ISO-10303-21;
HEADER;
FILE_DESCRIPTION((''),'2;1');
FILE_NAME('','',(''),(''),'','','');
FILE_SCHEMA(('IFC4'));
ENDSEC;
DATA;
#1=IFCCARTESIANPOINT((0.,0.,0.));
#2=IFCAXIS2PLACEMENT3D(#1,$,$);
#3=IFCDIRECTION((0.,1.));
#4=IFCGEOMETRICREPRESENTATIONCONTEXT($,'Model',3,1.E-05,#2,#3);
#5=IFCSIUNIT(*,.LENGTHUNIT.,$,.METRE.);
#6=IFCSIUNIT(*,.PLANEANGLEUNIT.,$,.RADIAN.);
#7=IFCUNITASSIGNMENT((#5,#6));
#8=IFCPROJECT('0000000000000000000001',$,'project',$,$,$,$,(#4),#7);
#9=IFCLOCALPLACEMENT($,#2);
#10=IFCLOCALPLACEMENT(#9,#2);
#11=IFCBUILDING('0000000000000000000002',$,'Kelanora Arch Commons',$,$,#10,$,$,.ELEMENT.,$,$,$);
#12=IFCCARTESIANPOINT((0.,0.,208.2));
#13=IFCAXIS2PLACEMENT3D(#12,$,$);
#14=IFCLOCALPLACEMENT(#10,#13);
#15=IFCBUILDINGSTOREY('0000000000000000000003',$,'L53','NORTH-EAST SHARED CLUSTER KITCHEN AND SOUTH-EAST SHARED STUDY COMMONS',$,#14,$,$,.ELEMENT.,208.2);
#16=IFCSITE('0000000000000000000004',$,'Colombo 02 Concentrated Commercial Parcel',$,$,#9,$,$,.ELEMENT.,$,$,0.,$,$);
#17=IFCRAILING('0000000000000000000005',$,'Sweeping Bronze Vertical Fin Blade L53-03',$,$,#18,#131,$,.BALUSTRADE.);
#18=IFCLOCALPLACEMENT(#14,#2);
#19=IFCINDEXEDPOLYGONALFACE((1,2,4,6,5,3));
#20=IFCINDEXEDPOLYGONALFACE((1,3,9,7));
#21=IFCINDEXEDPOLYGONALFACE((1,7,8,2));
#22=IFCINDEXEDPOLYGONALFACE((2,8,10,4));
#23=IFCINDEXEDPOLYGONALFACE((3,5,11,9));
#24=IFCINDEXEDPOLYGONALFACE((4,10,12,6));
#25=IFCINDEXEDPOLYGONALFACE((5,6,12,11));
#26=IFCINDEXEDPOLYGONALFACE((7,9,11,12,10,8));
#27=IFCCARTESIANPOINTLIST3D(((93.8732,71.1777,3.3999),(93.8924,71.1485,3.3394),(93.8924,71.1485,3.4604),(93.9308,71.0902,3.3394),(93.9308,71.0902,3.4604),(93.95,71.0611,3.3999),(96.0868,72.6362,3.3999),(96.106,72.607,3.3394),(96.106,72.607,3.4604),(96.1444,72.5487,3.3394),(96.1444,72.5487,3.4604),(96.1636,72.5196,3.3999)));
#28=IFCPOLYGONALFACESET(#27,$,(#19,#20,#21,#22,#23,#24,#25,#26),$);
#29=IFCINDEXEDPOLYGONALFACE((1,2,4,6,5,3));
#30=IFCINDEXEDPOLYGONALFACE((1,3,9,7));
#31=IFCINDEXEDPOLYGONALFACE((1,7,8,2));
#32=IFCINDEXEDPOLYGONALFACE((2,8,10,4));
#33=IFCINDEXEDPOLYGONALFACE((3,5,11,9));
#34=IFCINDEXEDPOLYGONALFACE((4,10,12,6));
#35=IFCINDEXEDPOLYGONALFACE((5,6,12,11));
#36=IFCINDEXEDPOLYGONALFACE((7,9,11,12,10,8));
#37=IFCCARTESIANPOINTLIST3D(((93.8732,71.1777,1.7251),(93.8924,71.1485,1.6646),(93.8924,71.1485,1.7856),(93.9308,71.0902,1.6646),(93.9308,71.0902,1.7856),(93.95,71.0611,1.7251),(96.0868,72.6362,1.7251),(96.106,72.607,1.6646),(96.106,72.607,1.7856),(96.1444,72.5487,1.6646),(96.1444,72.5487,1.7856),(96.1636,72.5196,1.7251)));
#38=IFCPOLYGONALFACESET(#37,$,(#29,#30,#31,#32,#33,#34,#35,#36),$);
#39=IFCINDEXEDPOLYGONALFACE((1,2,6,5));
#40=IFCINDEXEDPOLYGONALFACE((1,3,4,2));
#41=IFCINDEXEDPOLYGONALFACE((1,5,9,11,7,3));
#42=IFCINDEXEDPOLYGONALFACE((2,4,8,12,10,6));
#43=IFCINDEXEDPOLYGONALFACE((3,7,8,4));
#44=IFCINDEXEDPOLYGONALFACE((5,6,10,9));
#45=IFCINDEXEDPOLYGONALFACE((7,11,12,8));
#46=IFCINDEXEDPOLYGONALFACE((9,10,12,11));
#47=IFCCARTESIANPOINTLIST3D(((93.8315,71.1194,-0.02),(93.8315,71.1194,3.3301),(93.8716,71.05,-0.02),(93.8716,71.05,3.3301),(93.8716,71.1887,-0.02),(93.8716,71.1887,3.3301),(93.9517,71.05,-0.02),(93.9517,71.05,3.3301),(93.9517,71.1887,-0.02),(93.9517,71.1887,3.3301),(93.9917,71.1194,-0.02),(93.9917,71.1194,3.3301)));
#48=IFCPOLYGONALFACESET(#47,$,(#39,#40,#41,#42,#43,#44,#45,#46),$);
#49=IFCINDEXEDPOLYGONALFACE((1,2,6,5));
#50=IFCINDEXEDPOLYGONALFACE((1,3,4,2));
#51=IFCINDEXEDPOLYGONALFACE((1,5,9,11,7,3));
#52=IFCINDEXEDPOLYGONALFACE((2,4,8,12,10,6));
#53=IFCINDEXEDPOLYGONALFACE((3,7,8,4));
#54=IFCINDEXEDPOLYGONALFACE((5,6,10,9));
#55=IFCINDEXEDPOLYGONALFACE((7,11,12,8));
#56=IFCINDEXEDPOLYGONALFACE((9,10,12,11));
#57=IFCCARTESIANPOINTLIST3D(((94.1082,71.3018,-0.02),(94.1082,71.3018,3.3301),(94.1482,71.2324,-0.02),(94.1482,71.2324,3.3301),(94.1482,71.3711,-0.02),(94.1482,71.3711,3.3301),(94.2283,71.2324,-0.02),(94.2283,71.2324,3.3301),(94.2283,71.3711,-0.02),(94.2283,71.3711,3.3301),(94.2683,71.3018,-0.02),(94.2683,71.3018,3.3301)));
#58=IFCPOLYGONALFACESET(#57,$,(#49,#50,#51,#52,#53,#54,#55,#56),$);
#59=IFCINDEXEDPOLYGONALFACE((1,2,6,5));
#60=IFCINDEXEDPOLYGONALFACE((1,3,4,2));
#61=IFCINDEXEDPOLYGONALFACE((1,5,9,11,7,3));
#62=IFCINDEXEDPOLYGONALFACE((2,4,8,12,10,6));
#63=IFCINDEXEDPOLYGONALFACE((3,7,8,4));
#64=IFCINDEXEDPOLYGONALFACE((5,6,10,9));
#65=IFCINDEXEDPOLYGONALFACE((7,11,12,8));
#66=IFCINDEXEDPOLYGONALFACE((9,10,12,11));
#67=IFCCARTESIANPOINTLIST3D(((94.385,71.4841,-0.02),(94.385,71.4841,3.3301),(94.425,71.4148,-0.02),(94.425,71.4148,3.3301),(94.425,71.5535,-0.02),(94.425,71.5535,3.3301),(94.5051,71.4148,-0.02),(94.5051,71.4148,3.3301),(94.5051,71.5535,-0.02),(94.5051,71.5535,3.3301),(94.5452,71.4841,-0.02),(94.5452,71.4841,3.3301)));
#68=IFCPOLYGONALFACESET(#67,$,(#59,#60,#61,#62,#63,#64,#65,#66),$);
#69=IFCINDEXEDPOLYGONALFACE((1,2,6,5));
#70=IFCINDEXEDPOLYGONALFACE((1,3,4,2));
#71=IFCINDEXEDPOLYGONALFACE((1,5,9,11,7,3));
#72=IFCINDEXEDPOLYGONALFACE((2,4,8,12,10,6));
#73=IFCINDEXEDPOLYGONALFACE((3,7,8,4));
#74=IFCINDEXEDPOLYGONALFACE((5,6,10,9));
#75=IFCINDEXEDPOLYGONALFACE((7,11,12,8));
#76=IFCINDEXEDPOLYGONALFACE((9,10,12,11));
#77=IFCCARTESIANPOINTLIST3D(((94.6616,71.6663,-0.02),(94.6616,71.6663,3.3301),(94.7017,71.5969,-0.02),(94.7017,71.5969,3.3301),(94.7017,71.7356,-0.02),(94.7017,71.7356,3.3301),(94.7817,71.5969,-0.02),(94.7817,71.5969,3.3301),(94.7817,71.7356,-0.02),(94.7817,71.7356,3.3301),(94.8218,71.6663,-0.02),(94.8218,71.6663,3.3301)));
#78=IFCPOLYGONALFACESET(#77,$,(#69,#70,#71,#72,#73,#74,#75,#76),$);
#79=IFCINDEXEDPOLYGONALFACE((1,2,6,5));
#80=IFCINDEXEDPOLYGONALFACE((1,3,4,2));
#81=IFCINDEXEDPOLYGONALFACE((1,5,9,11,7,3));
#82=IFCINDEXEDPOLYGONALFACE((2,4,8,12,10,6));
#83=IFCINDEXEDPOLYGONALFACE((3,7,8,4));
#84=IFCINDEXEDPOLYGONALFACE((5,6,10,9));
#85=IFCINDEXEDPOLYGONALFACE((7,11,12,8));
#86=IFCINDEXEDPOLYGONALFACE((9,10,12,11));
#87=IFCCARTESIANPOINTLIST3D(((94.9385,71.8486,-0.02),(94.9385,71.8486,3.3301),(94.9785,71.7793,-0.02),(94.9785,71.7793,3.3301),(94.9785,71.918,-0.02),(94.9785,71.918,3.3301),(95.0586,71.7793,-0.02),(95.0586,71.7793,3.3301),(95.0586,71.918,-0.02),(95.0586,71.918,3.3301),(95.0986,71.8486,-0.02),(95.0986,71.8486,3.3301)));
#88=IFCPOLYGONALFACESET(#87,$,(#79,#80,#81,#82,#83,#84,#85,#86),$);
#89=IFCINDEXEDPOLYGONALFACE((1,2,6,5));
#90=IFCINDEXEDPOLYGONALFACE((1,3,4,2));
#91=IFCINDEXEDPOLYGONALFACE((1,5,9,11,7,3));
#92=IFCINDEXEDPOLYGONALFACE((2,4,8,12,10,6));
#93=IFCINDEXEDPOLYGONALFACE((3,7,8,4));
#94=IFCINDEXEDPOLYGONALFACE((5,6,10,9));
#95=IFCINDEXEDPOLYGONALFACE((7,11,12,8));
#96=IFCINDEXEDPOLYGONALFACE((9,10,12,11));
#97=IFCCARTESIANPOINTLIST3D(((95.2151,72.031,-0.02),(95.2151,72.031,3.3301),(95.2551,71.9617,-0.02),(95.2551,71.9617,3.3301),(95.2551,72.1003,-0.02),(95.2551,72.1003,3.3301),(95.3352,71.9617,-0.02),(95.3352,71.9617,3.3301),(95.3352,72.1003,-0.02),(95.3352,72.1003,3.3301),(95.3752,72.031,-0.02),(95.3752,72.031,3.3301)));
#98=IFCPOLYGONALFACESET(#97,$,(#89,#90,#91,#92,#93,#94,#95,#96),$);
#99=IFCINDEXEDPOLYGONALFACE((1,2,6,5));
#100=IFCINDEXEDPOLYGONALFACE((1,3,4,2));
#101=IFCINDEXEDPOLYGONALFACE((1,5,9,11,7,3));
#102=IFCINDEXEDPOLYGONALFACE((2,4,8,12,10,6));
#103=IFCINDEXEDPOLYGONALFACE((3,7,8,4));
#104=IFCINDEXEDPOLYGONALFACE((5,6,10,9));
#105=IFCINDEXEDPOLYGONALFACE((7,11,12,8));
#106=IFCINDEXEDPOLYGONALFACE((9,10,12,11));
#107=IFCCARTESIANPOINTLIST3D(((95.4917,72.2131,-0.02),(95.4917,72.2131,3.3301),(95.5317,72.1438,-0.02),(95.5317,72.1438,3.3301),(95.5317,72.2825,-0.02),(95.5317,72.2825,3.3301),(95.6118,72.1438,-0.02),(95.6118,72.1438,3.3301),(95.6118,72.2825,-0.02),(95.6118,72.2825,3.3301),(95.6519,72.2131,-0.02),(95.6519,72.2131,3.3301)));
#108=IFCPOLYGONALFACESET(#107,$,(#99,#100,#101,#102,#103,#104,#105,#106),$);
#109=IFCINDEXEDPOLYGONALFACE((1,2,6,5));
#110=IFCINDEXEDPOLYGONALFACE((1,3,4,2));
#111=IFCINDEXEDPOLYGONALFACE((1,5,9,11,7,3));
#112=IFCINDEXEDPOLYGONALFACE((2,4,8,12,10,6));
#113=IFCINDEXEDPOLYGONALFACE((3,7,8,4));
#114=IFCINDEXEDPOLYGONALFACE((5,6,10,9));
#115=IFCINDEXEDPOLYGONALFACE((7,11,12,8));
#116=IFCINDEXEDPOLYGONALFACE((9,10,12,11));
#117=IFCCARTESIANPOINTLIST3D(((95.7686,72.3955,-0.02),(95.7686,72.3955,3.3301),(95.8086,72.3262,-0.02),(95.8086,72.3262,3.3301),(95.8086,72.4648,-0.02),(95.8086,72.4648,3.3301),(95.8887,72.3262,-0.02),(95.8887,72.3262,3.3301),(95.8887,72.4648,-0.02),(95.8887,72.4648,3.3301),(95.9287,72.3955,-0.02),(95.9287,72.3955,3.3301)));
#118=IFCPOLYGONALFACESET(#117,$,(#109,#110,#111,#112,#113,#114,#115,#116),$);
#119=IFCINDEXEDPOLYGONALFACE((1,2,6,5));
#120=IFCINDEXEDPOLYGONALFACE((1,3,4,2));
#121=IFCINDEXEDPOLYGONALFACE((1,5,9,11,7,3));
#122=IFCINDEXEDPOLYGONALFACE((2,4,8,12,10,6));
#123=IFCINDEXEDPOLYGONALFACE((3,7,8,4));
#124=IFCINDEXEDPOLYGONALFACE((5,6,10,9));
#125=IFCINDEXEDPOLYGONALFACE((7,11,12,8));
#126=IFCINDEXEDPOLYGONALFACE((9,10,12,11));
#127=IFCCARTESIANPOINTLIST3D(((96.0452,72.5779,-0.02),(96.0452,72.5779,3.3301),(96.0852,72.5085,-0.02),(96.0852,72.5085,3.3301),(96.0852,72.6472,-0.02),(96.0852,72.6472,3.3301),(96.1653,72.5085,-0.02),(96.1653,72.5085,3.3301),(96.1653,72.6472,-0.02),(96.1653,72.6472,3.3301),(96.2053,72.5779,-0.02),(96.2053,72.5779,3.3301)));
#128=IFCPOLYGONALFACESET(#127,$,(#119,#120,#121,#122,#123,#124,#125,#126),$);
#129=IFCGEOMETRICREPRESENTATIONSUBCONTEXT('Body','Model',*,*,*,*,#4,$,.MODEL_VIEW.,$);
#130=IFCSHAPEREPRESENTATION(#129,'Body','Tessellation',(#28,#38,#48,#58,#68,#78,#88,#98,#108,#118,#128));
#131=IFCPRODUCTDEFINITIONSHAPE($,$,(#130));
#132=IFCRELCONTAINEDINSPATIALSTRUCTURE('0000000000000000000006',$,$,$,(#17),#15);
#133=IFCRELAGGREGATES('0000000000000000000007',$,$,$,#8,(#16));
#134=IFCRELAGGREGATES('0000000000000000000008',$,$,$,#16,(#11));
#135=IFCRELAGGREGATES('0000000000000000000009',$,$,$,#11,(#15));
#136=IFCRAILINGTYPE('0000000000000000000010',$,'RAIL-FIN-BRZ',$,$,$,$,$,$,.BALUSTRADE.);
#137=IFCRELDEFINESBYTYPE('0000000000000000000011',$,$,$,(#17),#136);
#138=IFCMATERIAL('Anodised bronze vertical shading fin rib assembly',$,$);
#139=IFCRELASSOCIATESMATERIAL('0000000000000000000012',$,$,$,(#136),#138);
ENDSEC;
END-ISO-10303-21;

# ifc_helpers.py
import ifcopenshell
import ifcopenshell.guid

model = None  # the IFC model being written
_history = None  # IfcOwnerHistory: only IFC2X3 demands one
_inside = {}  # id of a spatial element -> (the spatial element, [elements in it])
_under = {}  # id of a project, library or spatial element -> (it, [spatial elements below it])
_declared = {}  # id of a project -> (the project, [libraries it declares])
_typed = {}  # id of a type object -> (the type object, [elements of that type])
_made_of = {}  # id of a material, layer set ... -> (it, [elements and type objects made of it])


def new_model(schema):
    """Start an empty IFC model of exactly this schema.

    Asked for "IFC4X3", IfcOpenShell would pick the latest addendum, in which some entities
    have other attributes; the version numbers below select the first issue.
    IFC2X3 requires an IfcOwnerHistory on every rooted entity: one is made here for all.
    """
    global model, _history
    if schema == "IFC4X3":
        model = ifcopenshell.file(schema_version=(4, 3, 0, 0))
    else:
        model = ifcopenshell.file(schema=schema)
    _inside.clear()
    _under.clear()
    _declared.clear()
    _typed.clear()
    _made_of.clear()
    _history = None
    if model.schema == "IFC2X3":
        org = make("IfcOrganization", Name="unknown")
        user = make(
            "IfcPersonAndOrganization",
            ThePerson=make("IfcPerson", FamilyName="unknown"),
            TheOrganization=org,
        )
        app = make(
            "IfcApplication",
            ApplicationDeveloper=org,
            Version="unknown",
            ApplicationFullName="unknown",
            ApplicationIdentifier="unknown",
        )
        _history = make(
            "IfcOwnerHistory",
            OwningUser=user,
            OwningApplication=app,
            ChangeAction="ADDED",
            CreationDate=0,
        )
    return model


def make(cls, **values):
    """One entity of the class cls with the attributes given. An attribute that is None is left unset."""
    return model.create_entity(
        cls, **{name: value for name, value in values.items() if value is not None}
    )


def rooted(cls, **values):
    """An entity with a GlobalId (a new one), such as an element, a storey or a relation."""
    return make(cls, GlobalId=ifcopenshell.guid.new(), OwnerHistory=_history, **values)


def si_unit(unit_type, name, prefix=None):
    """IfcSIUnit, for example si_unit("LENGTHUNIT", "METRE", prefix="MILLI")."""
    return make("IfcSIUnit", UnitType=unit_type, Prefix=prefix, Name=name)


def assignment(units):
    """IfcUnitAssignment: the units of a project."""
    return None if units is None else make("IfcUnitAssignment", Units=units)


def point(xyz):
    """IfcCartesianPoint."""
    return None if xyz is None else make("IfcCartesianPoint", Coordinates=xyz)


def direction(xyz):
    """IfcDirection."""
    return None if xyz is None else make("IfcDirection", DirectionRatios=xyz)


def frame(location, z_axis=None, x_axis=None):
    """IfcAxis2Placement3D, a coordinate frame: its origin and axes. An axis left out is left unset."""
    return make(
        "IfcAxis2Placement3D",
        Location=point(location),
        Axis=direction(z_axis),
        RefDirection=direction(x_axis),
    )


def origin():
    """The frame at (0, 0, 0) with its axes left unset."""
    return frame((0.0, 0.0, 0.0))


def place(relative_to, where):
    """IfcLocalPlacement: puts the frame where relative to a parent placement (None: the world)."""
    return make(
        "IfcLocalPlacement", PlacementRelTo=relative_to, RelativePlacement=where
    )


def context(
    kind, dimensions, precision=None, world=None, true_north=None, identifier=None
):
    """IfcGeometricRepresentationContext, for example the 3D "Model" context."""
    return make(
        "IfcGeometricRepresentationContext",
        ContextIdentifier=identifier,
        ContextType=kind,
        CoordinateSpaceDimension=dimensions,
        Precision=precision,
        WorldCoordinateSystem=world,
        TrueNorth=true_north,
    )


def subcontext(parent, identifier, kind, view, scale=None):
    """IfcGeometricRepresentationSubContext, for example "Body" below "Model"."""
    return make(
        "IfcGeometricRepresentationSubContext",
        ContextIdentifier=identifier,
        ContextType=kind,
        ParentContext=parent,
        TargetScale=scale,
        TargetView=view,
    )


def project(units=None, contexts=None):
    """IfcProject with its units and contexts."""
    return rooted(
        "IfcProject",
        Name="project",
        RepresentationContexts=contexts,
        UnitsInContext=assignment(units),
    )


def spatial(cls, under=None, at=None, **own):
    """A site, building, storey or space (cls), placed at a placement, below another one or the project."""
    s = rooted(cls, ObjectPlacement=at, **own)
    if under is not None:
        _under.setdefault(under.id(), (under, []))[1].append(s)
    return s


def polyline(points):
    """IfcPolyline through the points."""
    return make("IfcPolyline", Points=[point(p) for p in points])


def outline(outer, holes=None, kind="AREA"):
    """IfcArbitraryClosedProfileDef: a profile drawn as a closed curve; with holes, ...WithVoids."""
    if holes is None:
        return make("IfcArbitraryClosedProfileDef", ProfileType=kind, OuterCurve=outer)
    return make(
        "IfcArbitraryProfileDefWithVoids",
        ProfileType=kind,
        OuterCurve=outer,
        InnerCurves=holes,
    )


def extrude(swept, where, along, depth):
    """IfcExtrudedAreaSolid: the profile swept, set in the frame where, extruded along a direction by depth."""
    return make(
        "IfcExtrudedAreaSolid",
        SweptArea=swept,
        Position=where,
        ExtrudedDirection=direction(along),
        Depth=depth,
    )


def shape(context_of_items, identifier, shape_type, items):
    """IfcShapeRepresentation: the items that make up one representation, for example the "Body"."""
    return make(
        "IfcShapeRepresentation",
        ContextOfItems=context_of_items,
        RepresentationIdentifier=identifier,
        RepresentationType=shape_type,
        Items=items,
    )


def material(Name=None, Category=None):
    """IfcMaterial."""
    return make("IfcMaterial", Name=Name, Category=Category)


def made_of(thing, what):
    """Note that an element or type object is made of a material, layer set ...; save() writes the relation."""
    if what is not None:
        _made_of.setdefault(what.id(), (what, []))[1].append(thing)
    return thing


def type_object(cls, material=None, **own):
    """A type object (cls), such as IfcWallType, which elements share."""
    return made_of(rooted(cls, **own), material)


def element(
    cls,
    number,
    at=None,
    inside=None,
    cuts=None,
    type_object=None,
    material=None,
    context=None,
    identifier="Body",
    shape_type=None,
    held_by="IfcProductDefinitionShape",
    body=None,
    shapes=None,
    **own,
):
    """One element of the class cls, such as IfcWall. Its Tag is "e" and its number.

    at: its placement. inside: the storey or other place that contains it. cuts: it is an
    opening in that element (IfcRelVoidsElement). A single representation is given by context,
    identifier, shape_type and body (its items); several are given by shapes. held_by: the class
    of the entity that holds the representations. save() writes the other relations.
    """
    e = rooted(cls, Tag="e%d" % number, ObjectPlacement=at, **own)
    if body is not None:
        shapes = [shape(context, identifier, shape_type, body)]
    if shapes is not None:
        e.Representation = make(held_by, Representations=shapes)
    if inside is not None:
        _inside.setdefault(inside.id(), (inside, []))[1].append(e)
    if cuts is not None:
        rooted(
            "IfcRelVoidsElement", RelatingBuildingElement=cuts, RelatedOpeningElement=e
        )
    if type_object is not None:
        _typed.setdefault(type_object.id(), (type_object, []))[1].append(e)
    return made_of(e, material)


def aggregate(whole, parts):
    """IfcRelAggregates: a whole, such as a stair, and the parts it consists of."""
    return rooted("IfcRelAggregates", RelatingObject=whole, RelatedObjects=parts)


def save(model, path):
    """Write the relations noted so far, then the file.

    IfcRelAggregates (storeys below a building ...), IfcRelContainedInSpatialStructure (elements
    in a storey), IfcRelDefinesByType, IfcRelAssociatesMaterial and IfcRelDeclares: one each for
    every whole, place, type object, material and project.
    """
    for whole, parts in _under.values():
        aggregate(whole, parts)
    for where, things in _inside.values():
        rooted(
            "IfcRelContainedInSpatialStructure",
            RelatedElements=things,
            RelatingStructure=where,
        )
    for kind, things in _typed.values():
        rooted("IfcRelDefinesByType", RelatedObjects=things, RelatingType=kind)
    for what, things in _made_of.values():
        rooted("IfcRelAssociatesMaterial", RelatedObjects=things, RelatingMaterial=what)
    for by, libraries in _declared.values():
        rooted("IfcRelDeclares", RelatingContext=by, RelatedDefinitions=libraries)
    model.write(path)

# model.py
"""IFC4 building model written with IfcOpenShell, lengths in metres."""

from ifc_helpers import new_model, si_unit, direction, frame, origin, place, context, subcontext, project, spatial, polyline, outline, extrude, material, type_object, element, save


model = new_model("IFC4")

# Units and contexts
model_context = context("Model", 3, precision=1e-05, world=origin(), true_north=direction((0.0, 1.0)))
body_context = subcontext(model_context, "Body", "Model", "MODEL_VIEW")
ifc_project = project(units=[si_unit("LENGTHUNIT", "METRE"), si_unit("PLANEANGLEUNIT", "RADIAN")], contexts=[model_context])

# Site, building, storey
site_placement = place(None, origin())
site = spatial("IfcSite", under=ifc_project, at=site_placement, Name="Colombo 02 Concentrated Commercial Parcel", CompositionType="ELEMENT", RefElevation=0.0)
building_placement = place(site_placement, origin())
building = spatial("IfcBuilding", under=site, at=building_placement, Name="Kelanora Arch Commons", CompositionType="ELEMENT")
storey_placement = place(building_placement, frame((0.0, 0.0, 208.2)))
storey = spatial("IfcBuildingStorey", under=building, at=storey_placement, Name="L53", Description="NORTH-EAST SHARED CLUSTER KITCHEN AND SOUTH-EAST SHARED STUDY COMMONS", CompositionType="ELEMENT", Elevation=208.2)

# Railing
ifc_material_1 = material(Name="Anodised bronze vertical shading fin rib assembly")
railing_type = type_object("IfcRailingType", Name="RAIL-FIN-BRZ", PredefinedType="BALUSTRADE", material=ifc_material_1)
railing_1_placement = place(storey_placement, frame((93.9116, 71.1194, -0.02)))
element("IfcRailing", 1, at=railing_1_placement, inside=storey, type_object=railing_type, Name="Sweeping Bronze Vertical Fin Blade L53-03", PredefinedType="BALUSTRADE", context=body_context, shape_type="SweptSolid", body=[
    extrude(outline(polyline([(0.0698, 0.0), (0.0349, 0.0605), (-0.0349, 0.0605), (-0.0698, 0.0), (-0.0349, -0.0605), (0.0349, -0.0605), (0.0698, 0.0)])), frame((0.0, 0.0, 3.4199), z_axis=(0.835042, 0.550186, 0.0), x_axis=(-0.550186, 0.835042, 0.0)), (0.0, 0.0, 1.0), 2.6509),
    extrude(outline(polyline([(0.0698, 0.0), (0.0349, 0.0605), (-0.0349, 0.0605), (-0.0698, 0.0), (-0.0349, -0.0605), (0.0349, -0.0605), (0.0698, 0.0)])), frame((0.0, 0.0, 1.7451), z_axis=(0.835042, 0.550186, 0.0), x_axis=(-0.550186, 0.835042, 0.0)), (0.0, 0.0, 1.0), 2.6509),
    extrude(outline(polyline([(0.0801, 0.0), (0.04, 0.0693), (-0.04, 0.0693), (-0.0801, 0.0), (-0.04, -0.0693), (0.04, -0.0693), (0.0801, 0.0)])), origin(), (0.0, 0.0, 1.0), 3.3501),
    extrude(outline(polyline([(0.0801, 0.0), (0.04, 0.0693), (-0.04, 0.0693), (-0.0801, 0.0), (-0.04, -0.0693), (0.04, -0.0693), (0.0801, 0.0)])), frame((0.2766, 0.1824, 0.0)), (0.0, 0.0, 1.0), 3.3501),
    extrude(outline(polyline([(0.0801, 0.0), (0.04, 0.0693), (-0.04, 0.0693), (-0.0801, 0.0), (-0.04, -0.0693), (0.04, -0.0693), (0.0801, 0.0)])), frame((0.5535, 0.3647, 0.0)), (0.0, 0.0, 1.0), 3.3501),
    extrude(outline(polyline([(0.0801, 0.0), (0.04, 0.0693), (-0.04, 0.0693), (-0.0801, 0.0), (-0.04, -0.0693), (0.04, -0.0693), (0.0801, 0.0)])), frame((0.8301, 0.5469, 0.0)), (0.0, 0.0, 1.0), 3.3501),
    extrude(outline(polyline([(0.0801, 0.0), (0.04, 0.0693), (-0.04, 0.0693), (-0.0801, 0.0), (-0.04, -0.0693), (0.04, -0.0693), (0.0801, 0.0)])), frame((1.1069, 0.7292, 0.0)), (0.0, 0.0, 1.0), 3.3501),
    extrude(outline(polyline([(0.0801, 0.0), (0.04, 0.0693), (-0.04, 0.0693), (-0.0801, 0.0), (-0.04, -0.0693), (0.04, -0.0693), (0.0801, 0.0)])), frame((1.3835, 0.9116, 0.0)), (0.0, 0.0, 1.0), 3.3501),
    extrude(outline(polyline([(0.0801, 0.0), (0.04, 0.0693), (-0.04, 0.0693), (-0.0801, 0.0), (-0.04, -0.0693), (0.04, -0.0693), (0.0801, 0.0)])), frame((1.6602, 1.0938, 0.0)), (0.0, 0.0, 1.0), 3.3501),
    extrude(outline(polyline([(0.0801, 0.0), (0.04, 0.0693), (-0.04, 0.0693), (-0.0801, 0.0), (-0.04, -0.0693), (0.04, -0.0693), (0.0801, 0.0)])), frame((1.937, 1.2761, 0.0)), (0.0, 0.0, 1.0), 3.3501),
    extrude(outline(polyline([(0.0801, 0.0), (0.04, 0.0693), (-0.04, 0.0693), (-0.0801, 0.0), (-0.04, -0.0693), (0.04, -0.0693), (0.0801, 0.0)])), frame((2.2136, 1.4585, 0.0)), (0.0, 0.0, 1.0), 3.3501),
])

save(model, "model.ifc")
